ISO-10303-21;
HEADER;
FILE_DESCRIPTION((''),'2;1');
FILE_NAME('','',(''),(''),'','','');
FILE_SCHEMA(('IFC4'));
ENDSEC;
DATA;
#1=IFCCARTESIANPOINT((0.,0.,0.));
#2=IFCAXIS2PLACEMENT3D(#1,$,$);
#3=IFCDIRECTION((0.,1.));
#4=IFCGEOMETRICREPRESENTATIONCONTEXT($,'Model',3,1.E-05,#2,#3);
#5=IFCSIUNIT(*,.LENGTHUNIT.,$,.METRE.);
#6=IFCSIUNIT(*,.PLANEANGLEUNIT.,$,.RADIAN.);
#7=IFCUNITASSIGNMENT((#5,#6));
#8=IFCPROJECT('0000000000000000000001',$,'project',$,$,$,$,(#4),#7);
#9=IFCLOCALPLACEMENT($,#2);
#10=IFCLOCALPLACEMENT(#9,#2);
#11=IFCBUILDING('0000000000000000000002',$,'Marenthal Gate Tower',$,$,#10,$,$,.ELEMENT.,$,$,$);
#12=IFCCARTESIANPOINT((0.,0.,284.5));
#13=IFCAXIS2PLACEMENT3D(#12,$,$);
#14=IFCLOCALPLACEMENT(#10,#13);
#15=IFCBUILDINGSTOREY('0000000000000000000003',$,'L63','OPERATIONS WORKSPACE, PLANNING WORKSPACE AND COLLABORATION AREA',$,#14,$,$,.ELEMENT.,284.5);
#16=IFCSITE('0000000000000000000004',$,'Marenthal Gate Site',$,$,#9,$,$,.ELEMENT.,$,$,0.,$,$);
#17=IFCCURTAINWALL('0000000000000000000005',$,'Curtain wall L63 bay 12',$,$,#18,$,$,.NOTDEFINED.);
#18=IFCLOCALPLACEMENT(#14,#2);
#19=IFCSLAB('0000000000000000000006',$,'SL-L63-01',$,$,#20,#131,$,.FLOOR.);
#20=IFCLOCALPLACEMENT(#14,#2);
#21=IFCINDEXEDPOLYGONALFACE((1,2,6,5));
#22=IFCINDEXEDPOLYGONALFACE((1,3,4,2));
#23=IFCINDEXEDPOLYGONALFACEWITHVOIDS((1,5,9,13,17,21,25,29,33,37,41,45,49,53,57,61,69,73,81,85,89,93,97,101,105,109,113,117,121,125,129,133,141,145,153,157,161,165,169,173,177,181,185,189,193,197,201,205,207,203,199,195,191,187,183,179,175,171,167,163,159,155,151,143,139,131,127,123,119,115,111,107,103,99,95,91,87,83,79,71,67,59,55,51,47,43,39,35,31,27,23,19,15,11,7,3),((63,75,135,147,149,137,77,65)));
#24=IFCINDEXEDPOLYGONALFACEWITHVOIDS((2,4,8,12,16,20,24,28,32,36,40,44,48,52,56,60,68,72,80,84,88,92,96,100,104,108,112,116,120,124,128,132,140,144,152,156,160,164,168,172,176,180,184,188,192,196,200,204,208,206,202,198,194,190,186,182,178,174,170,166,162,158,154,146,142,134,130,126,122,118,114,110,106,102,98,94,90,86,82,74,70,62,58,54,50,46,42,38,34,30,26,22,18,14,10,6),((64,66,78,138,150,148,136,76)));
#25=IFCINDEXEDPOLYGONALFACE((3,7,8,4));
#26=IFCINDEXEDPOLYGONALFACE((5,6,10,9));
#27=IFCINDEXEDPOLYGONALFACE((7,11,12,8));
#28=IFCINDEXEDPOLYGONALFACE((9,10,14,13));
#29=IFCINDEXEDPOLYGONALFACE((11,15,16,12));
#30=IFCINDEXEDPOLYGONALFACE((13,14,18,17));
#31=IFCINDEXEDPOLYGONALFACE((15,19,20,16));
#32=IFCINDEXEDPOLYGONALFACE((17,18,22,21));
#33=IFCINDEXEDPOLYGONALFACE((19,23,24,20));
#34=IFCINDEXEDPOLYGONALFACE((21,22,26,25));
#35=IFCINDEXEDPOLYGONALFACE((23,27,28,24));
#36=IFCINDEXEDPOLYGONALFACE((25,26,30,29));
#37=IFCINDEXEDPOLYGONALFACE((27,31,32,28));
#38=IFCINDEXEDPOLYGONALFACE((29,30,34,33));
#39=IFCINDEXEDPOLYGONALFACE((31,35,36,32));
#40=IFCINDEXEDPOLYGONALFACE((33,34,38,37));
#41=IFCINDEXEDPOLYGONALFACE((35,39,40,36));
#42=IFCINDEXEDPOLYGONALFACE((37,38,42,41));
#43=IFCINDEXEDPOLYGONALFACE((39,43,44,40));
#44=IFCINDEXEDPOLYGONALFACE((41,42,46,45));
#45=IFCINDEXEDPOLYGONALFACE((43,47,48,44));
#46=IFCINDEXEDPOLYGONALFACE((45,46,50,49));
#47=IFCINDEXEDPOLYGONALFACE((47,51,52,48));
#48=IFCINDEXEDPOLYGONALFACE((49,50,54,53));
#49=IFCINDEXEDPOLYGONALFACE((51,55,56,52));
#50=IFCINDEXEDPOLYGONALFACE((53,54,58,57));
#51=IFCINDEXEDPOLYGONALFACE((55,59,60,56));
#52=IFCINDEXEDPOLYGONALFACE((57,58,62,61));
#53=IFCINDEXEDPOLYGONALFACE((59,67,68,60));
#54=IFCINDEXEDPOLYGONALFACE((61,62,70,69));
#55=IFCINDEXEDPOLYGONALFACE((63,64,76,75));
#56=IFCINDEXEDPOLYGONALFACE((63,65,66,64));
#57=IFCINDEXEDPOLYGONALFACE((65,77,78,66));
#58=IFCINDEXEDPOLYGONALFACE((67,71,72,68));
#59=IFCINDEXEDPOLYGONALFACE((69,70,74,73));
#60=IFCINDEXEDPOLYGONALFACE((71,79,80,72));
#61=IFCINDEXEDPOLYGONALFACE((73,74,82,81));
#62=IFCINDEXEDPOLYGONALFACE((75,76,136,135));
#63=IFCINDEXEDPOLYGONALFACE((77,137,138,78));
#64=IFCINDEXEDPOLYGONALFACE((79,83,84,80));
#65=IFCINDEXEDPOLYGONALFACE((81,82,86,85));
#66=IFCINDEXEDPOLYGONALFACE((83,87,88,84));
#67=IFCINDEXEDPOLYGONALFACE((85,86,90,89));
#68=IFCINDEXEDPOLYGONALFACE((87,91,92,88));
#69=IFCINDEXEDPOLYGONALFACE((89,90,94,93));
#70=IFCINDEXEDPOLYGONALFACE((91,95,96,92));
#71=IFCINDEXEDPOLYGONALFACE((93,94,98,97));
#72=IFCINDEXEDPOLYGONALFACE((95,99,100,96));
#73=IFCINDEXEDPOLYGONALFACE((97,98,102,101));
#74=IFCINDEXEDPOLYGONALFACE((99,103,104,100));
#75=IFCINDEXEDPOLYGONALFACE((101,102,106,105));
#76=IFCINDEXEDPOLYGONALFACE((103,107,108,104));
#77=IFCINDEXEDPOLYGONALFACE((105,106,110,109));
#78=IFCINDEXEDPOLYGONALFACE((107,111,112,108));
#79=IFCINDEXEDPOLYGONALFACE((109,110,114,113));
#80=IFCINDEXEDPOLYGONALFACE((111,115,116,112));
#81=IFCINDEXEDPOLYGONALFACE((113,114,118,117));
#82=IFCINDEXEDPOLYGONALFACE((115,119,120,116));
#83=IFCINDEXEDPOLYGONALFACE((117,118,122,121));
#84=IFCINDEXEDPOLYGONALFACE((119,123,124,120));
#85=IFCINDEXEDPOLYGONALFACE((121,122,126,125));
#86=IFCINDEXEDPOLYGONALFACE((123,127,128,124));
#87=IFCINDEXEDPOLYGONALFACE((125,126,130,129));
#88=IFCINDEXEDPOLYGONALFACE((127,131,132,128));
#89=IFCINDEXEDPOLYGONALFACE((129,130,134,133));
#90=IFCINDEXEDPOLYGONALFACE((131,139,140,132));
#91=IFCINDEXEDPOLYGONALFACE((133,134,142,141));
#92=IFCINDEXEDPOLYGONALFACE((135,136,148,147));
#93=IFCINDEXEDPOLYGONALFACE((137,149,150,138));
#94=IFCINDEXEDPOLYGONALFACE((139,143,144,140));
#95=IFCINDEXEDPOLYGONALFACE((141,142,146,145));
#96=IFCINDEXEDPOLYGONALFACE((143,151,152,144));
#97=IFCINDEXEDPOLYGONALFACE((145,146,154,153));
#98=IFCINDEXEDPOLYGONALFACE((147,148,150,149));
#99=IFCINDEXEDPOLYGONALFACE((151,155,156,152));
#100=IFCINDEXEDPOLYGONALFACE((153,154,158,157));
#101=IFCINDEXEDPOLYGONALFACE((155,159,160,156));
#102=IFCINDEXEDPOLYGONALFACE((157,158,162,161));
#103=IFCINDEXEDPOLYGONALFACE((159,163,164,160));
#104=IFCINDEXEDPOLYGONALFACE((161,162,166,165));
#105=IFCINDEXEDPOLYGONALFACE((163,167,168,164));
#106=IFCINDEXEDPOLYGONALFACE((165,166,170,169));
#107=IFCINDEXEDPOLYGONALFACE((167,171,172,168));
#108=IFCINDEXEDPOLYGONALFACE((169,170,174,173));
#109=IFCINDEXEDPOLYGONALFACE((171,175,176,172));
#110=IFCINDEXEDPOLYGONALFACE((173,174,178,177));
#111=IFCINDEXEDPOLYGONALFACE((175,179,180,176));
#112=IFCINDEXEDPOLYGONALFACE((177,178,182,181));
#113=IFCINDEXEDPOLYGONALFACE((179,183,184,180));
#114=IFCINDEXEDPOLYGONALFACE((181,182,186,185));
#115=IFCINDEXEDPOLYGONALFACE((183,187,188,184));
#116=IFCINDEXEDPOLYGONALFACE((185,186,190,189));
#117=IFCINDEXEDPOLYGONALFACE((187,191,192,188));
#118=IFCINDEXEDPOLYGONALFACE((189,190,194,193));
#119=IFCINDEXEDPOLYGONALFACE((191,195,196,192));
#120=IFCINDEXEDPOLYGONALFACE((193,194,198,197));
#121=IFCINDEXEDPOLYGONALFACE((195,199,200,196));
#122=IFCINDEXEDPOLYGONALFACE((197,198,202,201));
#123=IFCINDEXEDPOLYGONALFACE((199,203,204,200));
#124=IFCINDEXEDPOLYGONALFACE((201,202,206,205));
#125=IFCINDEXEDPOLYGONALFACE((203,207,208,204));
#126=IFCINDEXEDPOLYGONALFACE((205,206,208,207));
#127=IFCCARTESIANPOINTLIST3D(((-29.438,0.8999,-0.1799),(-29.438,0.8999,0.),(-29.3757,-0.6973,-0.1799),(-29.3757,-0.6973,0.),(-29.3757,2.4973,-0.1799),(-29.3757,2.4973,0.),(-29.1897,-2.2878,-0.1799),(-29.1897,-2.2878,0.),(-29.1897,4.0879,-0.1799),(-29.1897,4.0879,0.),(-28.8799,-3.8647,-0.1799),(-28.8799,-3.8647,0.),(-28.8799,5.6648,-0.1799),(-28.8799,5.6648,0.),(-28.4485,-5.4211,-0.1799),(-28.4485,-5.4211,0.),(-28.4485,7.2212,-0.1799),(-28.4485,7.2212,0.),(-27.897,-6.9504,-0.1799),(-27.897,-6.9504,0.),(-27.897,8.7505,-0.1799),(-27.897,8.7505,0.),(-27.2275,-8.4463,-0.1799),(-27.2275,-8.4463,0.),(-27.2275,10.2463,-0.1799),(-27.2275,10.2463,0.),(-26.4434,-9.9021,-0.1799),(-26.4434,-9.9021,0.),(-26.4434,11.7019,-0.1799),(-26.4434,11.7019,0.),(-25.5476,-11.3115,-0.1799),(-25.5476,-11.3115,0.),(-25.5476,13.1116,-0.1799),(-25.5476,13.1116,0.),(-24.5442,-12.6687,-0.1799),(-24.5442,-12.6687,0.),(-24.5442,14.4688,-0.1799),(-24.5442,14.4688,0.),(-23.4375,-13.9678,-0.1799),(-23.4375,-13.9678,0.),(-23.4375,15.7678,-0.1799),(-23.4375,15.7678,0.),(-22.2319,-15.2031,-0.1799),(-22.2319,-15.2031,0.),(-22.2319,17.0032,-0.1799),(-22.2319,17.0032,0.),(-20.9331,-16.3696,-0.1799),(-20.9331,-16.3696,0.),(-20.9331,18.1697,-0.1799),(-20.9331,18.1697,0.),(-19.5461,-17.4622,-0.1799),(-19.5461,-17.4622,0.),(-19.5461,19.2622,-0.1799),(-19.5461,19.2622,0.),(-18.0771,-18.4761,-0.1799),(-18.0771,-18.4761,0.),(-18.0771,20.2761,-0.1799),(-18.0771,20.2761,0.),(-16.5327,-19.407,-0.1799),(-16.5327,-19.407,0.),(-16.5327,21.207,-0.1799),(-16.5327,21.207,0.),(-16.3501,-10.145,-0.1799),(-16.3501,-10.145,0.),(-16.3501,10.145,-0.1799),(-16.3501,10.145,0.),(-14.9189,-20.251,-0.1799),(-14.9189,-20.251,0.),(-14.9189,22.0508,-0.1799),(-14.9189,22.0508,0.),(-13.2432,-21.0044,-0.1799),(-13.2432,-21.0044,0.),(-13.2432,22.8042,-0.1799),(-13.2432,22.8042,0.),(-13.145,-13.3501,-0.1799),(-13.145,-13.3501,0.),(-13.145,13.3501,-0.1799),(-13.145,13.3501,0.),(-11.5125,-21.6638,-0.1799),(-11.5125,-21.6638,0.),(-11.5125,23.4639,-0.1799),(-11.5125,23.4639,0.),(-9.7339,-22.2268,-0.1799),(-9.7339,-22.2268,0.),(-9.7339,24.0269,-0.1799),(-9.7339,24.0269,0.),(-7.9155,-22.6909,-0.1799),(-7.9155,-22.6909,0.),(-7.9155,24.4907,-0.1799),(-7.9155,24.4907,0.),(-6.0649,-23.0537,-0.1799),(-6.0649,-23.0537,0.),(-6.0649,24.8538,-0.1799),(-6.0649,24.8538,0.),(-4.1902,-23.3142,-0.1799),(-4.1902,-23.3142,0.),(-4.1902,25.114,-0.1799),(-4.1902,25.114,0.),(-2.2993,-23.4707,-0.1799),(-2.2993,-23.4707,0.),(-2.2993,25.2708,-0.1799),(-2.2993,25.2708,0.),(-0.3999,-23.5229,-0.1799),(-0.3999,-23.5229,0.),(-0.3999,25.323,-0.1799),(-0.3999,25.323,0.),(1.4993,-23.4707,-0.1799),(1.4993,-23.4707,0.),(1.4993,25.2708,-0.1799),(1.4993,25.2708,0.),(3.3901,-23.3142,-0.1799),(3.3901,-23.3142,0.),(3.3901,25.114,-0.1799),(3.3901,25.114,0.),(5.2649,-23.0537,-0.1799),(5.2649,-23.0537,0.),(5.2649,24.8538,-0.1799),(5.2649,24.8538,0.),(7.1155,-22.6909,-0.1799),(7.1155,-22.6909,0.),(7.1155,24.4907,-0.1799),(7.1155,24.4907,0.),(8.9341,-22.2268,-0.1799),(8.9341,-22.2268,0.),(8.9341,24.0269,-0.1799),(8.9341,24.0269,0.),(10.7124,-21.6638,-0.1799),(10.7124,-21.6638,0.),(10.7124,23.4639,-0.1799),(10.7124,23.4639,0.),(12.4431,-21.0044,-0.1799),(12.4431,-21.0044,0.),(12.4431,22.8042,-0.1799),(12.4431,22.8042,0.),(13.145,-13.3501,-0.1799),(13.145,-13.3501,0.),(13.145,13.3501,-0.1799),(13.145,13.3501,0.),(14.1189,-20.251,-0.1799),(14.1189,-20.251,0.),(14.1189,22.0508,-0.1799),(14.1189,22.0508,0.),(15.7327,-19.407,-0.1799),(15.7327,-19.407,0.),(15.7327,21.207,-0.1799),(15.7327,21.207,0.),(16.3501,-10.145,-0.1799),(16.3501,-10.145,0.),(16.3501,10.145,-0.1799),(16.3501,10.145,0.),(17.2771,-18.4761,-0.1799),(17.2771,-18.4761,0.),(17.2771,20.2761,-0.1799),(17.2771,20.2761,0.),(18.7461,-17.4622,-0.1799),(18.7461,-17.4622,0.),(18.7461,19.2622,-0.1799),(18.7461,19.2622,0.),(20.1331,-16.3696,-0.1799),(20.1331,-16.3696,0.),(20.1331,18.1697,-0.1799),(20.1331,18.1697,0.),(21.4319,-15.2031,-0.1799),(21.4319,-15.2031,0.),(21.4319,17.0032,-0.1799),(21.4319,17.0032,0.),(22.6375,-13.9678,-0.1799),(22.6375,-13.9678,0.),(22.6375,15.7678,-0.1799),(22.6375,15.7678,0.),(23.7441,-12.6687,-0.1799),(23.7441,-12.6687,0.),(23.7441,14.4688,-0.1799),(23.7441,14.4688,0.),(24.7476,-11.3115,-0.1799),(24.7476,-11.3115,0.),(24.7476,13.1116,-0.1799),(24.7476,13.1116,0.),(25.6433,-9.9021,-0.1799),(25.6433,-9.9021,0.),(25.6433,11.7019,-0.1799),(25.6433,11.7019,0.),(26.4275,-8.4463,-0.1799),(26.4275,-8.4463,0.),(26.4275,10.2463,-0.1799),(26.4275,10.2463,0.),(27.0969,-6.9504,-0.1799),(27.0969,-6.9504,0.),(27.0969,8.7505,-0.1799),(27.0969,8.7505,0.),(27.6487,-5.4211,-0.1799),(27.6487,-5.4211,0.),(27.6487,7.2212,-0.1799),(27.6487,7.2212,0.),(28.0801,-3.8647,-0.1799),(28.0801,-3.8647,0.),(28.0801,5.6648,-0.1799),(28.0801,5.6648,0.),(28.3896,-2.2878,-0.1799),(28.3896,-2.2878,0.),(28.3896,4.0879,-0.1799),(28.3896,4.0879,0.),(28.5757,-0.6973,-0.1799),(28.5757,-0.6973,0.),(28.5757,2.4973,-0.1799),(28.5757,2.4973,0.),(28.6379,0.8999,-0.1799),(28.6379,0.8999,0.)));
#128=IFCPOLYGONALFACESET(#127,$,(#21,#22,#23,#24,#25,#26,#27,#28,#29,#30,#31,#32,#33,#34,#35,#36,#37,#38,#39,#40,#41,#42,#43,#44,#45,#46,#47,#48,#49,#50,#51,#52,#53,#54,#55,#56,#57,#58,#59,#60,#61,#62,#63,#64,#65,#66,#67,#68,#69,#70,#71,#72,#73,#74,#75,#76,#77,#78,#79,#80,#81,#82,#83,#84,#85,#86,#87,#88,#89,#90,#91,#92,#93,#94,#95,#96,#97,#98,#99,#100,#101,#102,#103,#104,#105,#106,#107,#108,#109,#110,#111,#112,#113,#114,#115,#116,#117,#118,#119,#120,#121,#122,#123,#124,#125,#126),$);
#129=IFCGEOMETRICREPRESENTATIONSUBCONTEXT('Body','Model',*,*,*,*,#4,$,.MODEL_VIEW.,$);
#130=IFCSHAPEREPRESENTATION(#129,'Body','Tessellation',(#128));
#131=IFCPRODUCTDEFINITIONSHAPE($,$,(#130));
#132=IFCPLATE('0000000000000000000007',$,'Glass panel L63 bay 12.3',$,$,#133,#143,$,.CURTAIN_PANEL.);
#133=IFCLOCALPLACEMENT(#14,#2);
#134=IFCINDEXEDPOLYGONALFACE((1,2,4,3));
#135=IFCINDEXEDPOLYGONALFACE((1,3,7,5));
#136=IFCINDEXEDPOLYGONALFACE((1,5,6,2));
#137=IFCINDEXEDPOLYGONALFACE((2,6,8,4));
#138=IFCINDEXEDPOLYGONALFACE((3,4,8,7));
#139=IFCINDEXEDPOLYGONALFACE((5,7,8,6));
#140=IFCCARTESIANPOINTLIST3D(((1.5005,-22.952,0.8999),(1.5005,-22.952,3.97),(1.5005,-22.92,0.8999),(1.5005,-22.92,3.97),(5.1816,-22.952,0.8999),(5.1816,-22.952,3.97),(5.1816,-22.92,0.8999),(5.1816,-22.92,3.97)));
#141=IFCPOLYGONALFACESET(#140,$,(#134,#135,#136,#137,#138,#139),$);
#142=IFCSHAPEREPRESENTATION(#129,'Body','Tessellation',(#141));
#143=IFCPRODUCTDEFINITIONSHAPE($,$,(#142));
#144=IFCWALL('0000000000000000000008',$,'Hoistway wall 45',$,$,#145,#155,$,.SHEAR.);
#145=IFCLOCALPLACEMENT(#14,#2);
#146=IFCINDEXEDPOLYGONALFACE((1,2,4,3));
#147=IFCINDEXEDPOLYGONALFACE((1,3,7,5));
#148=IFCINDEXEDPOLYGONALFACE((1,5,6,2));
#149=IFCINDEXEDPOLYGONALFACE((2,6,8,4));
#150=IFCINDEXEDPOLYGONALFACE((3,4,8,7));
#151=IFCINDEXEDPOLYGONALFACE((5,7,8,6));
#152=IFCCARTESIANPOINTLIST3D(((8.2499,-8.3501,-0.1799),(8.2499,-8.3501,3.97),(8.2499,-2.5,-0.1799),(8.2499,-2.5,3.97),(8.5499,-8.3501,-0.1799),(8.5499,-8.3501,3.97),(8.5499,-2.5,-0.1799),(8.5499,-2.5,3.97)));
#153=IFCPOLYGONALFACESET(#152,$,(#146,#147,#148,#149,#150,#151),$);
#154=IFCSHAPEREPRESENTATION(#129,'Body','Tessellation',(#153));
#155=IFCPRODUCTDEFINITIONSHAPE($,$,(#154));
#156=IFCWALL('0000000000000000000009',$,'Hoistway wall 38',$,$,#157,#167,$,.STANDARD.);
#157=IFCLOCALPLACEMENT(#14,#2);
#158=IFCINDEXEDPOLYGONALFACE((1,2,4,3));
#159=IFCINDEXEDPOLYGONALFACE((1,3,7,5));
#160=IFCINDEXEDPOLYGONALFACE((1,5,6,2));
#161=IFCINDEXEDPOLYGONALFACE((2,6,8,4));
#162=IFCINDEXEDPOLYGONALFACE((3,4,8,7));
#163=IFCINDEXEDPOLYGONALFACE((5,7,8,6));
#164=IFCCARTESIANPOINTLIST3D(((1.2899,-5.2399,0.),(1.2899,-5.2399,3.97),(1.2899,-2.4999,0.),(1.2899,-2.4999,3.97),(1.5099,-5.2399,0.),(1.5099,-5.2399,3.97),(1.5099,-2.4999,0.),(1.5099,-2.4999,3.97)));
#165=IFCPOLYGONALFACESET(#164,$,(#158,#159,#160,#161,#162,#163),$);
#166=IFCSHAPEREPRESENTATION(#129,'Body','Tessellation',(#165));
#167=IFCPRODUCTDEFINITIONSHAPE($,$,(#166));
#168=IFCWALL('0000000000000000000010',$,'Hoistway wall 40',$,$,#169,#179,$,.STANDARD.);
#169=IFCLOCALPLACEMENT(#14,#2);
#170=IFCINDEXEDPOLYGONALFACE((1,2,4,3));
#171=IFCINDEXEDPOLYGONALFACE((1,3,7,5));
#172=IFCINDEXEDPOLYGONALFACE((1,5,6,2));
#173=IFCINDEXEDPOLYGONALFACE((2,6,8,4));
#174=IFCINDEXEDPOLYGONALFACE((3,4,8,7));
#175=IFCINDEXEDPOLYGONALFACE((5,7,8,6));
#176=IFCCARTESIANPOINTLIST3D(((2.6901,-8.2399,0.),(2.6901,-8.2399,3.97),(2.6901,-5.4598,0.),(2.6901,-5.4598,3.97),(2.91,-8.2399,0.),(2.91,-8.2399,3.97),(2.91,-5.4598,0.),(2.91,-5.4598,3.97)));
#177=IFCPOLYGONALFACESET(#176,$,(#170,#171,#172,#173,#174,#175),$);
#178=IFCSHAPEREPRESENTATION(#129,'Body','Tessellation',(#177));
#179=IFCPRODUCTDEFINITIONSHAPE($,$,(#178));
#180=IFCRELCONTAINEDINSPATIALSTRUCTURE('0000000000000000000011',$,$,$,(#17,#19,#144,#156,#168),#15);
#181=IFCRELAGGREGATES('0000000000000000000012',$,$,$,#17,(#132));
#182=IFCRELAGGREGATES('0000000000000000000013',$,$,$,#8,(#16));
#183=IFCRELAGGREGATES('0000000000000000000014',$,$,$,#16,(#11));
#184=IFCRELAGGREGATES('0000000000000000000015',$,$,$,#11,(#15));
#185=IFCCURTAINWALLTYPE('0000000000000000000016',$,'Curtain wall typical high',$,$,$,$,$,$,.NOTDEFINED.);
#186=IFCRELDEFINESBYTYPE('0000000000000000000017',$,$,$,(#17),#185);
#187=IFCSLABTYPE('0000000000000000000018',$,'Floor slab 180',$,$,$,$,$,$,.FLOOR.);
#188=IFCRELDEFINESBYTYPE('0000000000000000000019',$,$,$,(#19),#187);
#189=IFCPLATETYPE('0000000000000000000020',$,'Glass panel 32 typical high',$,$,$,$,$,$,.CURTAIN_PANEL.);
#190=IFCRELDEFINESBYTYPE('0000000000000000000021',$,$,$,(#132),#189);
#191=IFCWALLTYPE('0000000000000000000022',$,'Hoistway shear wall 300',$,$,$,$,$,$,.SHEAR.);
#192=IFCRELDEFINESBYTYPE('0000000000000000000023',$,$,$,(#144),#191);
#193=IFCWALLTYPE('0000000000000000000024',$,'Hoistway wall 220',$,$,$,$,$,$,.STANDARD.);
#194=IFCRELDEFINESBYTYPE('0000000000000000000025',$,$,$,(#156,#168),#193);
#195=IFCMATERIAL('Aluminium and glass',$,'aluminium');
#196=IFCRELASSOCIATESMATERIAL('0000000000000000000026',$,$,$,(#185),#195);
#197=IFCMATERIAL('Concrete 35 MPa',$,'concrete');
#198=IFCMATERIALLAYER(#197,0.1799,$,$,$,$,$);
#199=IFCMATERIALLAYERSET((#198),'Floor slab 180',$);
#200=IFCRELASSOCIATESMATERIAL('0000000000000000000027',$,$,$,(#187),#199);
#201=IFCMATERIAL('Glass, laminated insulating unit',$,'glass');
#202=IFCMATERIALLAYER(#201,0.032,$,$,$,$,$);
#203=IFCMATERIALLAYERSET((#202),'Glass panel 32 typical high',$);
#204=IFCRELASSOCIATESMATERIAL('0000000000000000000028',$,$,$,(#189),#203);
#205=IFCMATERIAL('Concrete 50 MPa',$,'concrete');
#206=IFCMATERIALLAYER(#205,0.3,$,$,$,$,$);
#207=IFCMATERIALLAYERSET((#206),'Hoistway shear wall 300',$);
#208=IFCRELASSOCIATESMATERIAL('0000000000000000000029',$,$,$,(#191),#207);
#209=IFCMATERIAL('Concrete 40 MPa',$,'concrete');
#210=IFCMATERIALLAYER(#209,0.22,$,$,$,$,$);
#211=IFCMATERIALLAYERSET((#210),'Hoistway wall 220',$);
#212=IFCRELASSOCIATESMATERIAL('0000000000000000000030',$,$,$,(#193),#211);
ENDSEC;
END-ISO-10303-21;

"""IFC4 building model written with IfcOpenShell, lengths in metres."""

from ifc_helpers import new_model, si_unit, direction, frame, frame_2d, origin, origin_2d, place, context, subcontext, project, spatial, polyline, rectangle, outline, extrude, material, layer, layer_set, type_object, element, aggregate, save


model = new_model("IFC4")

# Units and contexts
model_context = context("Model", 3, precision=1e-05, world=origin(), true_north=direction((0.0, 1.0)))
body_context = subcontext(model_context, "Body", "Model", "MODEL_VIEW")
ifc_project = project(units=[si_unit("LENGTHUNIT", "METRE"), si_unit("PLANEANGLEUNIT", "RADIAN")], contexts=[model_context])

# Site, building, storey
site_placement = place(None, origin())
site = spatial("IfcSite", under=ifc_project, at=site_placement, Name="Marenthal Gate Site", CompositionType="ELEMENT", RefElevation=0.0)
building_placement = place(site_placement, origin())
building = spatial("IfcBuilding", under=site, at=building_placement, Name="Marenthal Gate Tower", CompositionType="ELEMENT")
storey_placement = place(building_placement, frame((0.0, 0.0, 284.5)))
storey = spatial("IfcBuildingStorey", under=building, at=storey_placement, Name="L63", Description="OPERATIONS WORKSPACE, PLANNING WORKSPACE AND COLLABORATION AREA", CompositionType="ELEMENT", Elevation=284.5)

# Curtain wall
ifc_material_1 = material(Name="Aluminium and glass", Category="aluminium")
curtain_wall_type = type_object("IfcCurtainWallType", Name="Curtain wall typical high", PredefinedType="NOTDEFINED", material=ifc_material_1)
curtain_wall_placement = place(storey_placement, origin())
curtain_wall = element("IfcCurtainWall", 1, at=curtain_wall_placement, inside=storey, type_object=curtain_wall_type, Name="Curtain wall L63 bay 12", PredefinedType="NOTDEFINED")

# Slab
ifc_material_2 = material(Name="Concrete 35 MPa", Category="concrete")
ifc_layer_1 = layer(ifc_material_2, 0.1799)
ifc_layer_set_1 = layer_set([ifc_layer_1], Name="Floor slab 180")
slab_type_1 = type_object("IfcSlabType", Name="Floor slab 180", PredefinedType="FLOOR", material=ifc_layer_set_1)
slab_1_placement = place(storey_placement, frame((0.0, 0.0, -0.1799)))
element("IfcSlab", 2, at=slab_1_placement, inside=storey, type_object=slab_type_1, Name="SL-L63-01", PredefinedType="FLOOR", context=body_context, shape_type="SweptSolid", body=[
    extrude(outline(polyline([(28.6379, 0.8999), (28.5757, 2.4973), (28.3896, 4.0879), (28.0801, 5.6648), (27.6487, 7.2212), (27.0969, 8.7505), (26.4275, 10.2463), (25.6433, 11.7019), (24.7476, 13.1116), (23.7441, 14.4688), (22.6375, 15.7678), (21.4319, 17.0032), (20.1331, 18.1697), (18.7461, 19.2622), (17.2771, 20.2761), (15.7327, 21.207), (14.1189, 22.0508), (12.4431, 22.8042), (10.7124, 23.4639), (8.9341, 24.0269), (7.1155, 24.4907), (5.2649, 24.8538), (3.3901, 25.114), (1.4993, 25.2708), (-0.3999, 25.323), (-2.2993, 25.2708), (-4.1902, 25.114), (-6.0649, 24.8538), (-7.9155, 24.4907), (-9.7339, 24.0269), (-11.5125, 23.4639), (-13.2432, 22.8042), (-14.9189, 22.0508), (-16.5327, 21.207), (-18.0771, 20.2761), (-19.5461, 19.2622), (-20.9331, 18.1697), (-22.2319, 17.0032), (-23.4375, 15.7678), (-24.5442, 14.4688), (-25.5476, 13.1116), (-26.4434, 11.7019), (-27.2275, 10.2463), (-27.897, 8.7505), (-28.4485, 7.2212), (-28.8799, 5.6648), (-29.1897, 4.0879), (-29.3757, 2.4973), (-29.438, 0.8999), (-29.3757, -0.6973), (-29.1897, -2.2878), (-28.8799, -3.8647), (-28.4485, -5.4211), (-27.897, -6.9504), (-27.2275, -8.4463), (-26.4434, -9.9021), (-25.5476, -11.3115), (-24.5442, -12.6687), (-23.4375, -13.9678), (-22.2319, -15.2031), (-20.9331, -16.3696), (-19.5461, -17.4622), (-18.0771, -18.4761), (-16.5327, -19.407), (-14.9189, -20.251), (-13.2432, -21.0044), (-11.5125, -21.6638), (-9.7339, -22.2268), (-7.9155, -22.6909), (-6.0649, -23.0537), (-4.1902, -23.3142), (-2.2993, -23.4707), (-0.3999, -23.5229), (1.4993, -23.4707), (3.3901, -23.3142), (5.2649, -23.0537), (7.1155, -22.6909), (8.9341, -22.2268), (10.7124, -21.6638), (12.4431, -21.0044), (14.1189, -20.251), (15.7327, -19.407), (17.2771, -18.4761), (18.7461, -17.4622), (20.1331, -16.3696), (21.4319, -15.2031), (22.6375, -13.9678), (23.7441, -12.6687), (24.7476, -11.3115), (25.6433, -9.9021), (26.4275, -8.4463), (27.0969, -6.9504), (27.6487, -5.4211), (28.0801, -3.8647), (28.3896, -2.2878), (28.5757, -0.6973), (28.6379, 0.8999)]), holes=[polyline([(13.145, -13.3501), (16.3501, -10.145), (16.3501, 10.145), (13.145, 13.3501), (-13.145, 13.3501), (-16.3501, 10.145), (-16.3501, -10.145), (-13.145, -13.3501), (13.145, -13.3501)])]), origin(), (0.0, 0.0, 1.0), 0.1799),
])

# Plate
ifc_material_3 = material(Name="Glass, laminated insulating unit", Category="glass")
ifc_layer_2 = layer(ifc_material_3, 0.032)
ifc_layer_set_2 = layer_set([ifc_layer_2], Name="Glass panel 32 typical high")
plate_type = type_object("IfcPlateType", Name="Glass panel 32 typical high", PredefinedType="CURTAIN_PANEL", material=ifc_layer_set_2)
plate_placement = place(storey_placement, frame((3.3411, -22.936, 0.8999), z_axis=(0.0, 0.0, 1.0), x_axis=(1.0, 0.0, 0.0)))
plate = element("IfcPlate", 3, at=plate_placement, type_object=plate_type, Name="Glass panel L63 bay 12.3", PredefinedType="CURTAIN_PANEL", context=body_context, shape_type="SweptSolid", body=[
    extrude(rectangle(XDim=3.6812, YDim=0.032, at=origin_2d()), origin(), (0.0, 0.0, 1.0), 3.0701),
])
aggregate(curtain_wall, [plate])

# Walls
ifc_material_4 = material(Name="Concrete 50 MPa", Category="concrete")
ifc_layer_3 = layer(ifc_material_4, 0.3)
ifc_layer_set_3 = layer_set([ifc_layer_3], Name="Hoistway shear wall 300")
wall_type_1 = type_object("IfcWallType", Name="Hoistway shear wall 300", PredefinedType="SHEAR", material=ifc_layer_set_3)
wall_1_placement = place(storey_placement, frame((8.3999, -8.3501, -0.1799), z_axis=(0.0, 0.0, 1.0), x_axis=(0.0, 1.0, 0.0)))
element("IfcWall", 4, at=wall_1_placement, inside=storey, type_object=wall_type_1, Name="Hoistway wall 45", PredefinedType="SHEAR", context=body_context, shape_type="SweptSolid", body=[
    extrude(rectangle(XDim=5.8501, YDim=0.3, at=frame_2d((2.925, 0.0))), origin(), (0.0, 0.0, 1.0), 4.1499),
])
ifc_material_5 = material(Name="Concrete 40 MPa", Category="concrete")
ifc_layer_4 = layer(ifc_material_5, 0.22)
ifc_layer_set_4 = layer_set([ifc_layer_4], Name="Hoistway wall 220")
wall_type_2 = type_object("IfcWallType", Name="Hoistway wall 220", PredefinedType="STANDARD", material=ifc_layer_set_4)
wall_2_placement = place(storey_placement, frame((1.3999, -5.24, 0.0), z_axis=(0.0, 0.0, 1.0), x_axis=(0.0, 1.0, 0.0)))
element("IfcWall", 5, at=wall_2_placement, inside=storey, type_object=wall_type_2, Name="Hoistway wall 38", PredefinedType="STANDARD", context=body_context, shape_type="SweptSolid", body=[
    extrude(rectangle(XDim=2.74, YDim=0.22, at=frame_2d((1.3701, 0.0))), origin(), (0.0, 0.0, 1.0), 3.97),
])
for number, where, z_axis, x_axis, name in (
    (6, (2.8, -8.24, 0.0), (0.0, 0.0, 1.0), (0.0, 1.0, 0.0), "Hoistway wall 40"),
):
    element("IfcWall", number, at=place(storey_placement, frame(where, z_axis=z_axis, x_axis=x_axis)), inside=storey, type_object=wall_type_2, Name=name, PredefinedType="STANDARD", context=body_context, shape_type="SweptSolid", body=[
        extrude(rectangle(XDim=2.78, YDim=0.22, at=frame_2d((1.3901, 0.0))), origin(), (0.0, 0.0, 1.0), 3.97),
    ])

save(model, "model.ifc")
